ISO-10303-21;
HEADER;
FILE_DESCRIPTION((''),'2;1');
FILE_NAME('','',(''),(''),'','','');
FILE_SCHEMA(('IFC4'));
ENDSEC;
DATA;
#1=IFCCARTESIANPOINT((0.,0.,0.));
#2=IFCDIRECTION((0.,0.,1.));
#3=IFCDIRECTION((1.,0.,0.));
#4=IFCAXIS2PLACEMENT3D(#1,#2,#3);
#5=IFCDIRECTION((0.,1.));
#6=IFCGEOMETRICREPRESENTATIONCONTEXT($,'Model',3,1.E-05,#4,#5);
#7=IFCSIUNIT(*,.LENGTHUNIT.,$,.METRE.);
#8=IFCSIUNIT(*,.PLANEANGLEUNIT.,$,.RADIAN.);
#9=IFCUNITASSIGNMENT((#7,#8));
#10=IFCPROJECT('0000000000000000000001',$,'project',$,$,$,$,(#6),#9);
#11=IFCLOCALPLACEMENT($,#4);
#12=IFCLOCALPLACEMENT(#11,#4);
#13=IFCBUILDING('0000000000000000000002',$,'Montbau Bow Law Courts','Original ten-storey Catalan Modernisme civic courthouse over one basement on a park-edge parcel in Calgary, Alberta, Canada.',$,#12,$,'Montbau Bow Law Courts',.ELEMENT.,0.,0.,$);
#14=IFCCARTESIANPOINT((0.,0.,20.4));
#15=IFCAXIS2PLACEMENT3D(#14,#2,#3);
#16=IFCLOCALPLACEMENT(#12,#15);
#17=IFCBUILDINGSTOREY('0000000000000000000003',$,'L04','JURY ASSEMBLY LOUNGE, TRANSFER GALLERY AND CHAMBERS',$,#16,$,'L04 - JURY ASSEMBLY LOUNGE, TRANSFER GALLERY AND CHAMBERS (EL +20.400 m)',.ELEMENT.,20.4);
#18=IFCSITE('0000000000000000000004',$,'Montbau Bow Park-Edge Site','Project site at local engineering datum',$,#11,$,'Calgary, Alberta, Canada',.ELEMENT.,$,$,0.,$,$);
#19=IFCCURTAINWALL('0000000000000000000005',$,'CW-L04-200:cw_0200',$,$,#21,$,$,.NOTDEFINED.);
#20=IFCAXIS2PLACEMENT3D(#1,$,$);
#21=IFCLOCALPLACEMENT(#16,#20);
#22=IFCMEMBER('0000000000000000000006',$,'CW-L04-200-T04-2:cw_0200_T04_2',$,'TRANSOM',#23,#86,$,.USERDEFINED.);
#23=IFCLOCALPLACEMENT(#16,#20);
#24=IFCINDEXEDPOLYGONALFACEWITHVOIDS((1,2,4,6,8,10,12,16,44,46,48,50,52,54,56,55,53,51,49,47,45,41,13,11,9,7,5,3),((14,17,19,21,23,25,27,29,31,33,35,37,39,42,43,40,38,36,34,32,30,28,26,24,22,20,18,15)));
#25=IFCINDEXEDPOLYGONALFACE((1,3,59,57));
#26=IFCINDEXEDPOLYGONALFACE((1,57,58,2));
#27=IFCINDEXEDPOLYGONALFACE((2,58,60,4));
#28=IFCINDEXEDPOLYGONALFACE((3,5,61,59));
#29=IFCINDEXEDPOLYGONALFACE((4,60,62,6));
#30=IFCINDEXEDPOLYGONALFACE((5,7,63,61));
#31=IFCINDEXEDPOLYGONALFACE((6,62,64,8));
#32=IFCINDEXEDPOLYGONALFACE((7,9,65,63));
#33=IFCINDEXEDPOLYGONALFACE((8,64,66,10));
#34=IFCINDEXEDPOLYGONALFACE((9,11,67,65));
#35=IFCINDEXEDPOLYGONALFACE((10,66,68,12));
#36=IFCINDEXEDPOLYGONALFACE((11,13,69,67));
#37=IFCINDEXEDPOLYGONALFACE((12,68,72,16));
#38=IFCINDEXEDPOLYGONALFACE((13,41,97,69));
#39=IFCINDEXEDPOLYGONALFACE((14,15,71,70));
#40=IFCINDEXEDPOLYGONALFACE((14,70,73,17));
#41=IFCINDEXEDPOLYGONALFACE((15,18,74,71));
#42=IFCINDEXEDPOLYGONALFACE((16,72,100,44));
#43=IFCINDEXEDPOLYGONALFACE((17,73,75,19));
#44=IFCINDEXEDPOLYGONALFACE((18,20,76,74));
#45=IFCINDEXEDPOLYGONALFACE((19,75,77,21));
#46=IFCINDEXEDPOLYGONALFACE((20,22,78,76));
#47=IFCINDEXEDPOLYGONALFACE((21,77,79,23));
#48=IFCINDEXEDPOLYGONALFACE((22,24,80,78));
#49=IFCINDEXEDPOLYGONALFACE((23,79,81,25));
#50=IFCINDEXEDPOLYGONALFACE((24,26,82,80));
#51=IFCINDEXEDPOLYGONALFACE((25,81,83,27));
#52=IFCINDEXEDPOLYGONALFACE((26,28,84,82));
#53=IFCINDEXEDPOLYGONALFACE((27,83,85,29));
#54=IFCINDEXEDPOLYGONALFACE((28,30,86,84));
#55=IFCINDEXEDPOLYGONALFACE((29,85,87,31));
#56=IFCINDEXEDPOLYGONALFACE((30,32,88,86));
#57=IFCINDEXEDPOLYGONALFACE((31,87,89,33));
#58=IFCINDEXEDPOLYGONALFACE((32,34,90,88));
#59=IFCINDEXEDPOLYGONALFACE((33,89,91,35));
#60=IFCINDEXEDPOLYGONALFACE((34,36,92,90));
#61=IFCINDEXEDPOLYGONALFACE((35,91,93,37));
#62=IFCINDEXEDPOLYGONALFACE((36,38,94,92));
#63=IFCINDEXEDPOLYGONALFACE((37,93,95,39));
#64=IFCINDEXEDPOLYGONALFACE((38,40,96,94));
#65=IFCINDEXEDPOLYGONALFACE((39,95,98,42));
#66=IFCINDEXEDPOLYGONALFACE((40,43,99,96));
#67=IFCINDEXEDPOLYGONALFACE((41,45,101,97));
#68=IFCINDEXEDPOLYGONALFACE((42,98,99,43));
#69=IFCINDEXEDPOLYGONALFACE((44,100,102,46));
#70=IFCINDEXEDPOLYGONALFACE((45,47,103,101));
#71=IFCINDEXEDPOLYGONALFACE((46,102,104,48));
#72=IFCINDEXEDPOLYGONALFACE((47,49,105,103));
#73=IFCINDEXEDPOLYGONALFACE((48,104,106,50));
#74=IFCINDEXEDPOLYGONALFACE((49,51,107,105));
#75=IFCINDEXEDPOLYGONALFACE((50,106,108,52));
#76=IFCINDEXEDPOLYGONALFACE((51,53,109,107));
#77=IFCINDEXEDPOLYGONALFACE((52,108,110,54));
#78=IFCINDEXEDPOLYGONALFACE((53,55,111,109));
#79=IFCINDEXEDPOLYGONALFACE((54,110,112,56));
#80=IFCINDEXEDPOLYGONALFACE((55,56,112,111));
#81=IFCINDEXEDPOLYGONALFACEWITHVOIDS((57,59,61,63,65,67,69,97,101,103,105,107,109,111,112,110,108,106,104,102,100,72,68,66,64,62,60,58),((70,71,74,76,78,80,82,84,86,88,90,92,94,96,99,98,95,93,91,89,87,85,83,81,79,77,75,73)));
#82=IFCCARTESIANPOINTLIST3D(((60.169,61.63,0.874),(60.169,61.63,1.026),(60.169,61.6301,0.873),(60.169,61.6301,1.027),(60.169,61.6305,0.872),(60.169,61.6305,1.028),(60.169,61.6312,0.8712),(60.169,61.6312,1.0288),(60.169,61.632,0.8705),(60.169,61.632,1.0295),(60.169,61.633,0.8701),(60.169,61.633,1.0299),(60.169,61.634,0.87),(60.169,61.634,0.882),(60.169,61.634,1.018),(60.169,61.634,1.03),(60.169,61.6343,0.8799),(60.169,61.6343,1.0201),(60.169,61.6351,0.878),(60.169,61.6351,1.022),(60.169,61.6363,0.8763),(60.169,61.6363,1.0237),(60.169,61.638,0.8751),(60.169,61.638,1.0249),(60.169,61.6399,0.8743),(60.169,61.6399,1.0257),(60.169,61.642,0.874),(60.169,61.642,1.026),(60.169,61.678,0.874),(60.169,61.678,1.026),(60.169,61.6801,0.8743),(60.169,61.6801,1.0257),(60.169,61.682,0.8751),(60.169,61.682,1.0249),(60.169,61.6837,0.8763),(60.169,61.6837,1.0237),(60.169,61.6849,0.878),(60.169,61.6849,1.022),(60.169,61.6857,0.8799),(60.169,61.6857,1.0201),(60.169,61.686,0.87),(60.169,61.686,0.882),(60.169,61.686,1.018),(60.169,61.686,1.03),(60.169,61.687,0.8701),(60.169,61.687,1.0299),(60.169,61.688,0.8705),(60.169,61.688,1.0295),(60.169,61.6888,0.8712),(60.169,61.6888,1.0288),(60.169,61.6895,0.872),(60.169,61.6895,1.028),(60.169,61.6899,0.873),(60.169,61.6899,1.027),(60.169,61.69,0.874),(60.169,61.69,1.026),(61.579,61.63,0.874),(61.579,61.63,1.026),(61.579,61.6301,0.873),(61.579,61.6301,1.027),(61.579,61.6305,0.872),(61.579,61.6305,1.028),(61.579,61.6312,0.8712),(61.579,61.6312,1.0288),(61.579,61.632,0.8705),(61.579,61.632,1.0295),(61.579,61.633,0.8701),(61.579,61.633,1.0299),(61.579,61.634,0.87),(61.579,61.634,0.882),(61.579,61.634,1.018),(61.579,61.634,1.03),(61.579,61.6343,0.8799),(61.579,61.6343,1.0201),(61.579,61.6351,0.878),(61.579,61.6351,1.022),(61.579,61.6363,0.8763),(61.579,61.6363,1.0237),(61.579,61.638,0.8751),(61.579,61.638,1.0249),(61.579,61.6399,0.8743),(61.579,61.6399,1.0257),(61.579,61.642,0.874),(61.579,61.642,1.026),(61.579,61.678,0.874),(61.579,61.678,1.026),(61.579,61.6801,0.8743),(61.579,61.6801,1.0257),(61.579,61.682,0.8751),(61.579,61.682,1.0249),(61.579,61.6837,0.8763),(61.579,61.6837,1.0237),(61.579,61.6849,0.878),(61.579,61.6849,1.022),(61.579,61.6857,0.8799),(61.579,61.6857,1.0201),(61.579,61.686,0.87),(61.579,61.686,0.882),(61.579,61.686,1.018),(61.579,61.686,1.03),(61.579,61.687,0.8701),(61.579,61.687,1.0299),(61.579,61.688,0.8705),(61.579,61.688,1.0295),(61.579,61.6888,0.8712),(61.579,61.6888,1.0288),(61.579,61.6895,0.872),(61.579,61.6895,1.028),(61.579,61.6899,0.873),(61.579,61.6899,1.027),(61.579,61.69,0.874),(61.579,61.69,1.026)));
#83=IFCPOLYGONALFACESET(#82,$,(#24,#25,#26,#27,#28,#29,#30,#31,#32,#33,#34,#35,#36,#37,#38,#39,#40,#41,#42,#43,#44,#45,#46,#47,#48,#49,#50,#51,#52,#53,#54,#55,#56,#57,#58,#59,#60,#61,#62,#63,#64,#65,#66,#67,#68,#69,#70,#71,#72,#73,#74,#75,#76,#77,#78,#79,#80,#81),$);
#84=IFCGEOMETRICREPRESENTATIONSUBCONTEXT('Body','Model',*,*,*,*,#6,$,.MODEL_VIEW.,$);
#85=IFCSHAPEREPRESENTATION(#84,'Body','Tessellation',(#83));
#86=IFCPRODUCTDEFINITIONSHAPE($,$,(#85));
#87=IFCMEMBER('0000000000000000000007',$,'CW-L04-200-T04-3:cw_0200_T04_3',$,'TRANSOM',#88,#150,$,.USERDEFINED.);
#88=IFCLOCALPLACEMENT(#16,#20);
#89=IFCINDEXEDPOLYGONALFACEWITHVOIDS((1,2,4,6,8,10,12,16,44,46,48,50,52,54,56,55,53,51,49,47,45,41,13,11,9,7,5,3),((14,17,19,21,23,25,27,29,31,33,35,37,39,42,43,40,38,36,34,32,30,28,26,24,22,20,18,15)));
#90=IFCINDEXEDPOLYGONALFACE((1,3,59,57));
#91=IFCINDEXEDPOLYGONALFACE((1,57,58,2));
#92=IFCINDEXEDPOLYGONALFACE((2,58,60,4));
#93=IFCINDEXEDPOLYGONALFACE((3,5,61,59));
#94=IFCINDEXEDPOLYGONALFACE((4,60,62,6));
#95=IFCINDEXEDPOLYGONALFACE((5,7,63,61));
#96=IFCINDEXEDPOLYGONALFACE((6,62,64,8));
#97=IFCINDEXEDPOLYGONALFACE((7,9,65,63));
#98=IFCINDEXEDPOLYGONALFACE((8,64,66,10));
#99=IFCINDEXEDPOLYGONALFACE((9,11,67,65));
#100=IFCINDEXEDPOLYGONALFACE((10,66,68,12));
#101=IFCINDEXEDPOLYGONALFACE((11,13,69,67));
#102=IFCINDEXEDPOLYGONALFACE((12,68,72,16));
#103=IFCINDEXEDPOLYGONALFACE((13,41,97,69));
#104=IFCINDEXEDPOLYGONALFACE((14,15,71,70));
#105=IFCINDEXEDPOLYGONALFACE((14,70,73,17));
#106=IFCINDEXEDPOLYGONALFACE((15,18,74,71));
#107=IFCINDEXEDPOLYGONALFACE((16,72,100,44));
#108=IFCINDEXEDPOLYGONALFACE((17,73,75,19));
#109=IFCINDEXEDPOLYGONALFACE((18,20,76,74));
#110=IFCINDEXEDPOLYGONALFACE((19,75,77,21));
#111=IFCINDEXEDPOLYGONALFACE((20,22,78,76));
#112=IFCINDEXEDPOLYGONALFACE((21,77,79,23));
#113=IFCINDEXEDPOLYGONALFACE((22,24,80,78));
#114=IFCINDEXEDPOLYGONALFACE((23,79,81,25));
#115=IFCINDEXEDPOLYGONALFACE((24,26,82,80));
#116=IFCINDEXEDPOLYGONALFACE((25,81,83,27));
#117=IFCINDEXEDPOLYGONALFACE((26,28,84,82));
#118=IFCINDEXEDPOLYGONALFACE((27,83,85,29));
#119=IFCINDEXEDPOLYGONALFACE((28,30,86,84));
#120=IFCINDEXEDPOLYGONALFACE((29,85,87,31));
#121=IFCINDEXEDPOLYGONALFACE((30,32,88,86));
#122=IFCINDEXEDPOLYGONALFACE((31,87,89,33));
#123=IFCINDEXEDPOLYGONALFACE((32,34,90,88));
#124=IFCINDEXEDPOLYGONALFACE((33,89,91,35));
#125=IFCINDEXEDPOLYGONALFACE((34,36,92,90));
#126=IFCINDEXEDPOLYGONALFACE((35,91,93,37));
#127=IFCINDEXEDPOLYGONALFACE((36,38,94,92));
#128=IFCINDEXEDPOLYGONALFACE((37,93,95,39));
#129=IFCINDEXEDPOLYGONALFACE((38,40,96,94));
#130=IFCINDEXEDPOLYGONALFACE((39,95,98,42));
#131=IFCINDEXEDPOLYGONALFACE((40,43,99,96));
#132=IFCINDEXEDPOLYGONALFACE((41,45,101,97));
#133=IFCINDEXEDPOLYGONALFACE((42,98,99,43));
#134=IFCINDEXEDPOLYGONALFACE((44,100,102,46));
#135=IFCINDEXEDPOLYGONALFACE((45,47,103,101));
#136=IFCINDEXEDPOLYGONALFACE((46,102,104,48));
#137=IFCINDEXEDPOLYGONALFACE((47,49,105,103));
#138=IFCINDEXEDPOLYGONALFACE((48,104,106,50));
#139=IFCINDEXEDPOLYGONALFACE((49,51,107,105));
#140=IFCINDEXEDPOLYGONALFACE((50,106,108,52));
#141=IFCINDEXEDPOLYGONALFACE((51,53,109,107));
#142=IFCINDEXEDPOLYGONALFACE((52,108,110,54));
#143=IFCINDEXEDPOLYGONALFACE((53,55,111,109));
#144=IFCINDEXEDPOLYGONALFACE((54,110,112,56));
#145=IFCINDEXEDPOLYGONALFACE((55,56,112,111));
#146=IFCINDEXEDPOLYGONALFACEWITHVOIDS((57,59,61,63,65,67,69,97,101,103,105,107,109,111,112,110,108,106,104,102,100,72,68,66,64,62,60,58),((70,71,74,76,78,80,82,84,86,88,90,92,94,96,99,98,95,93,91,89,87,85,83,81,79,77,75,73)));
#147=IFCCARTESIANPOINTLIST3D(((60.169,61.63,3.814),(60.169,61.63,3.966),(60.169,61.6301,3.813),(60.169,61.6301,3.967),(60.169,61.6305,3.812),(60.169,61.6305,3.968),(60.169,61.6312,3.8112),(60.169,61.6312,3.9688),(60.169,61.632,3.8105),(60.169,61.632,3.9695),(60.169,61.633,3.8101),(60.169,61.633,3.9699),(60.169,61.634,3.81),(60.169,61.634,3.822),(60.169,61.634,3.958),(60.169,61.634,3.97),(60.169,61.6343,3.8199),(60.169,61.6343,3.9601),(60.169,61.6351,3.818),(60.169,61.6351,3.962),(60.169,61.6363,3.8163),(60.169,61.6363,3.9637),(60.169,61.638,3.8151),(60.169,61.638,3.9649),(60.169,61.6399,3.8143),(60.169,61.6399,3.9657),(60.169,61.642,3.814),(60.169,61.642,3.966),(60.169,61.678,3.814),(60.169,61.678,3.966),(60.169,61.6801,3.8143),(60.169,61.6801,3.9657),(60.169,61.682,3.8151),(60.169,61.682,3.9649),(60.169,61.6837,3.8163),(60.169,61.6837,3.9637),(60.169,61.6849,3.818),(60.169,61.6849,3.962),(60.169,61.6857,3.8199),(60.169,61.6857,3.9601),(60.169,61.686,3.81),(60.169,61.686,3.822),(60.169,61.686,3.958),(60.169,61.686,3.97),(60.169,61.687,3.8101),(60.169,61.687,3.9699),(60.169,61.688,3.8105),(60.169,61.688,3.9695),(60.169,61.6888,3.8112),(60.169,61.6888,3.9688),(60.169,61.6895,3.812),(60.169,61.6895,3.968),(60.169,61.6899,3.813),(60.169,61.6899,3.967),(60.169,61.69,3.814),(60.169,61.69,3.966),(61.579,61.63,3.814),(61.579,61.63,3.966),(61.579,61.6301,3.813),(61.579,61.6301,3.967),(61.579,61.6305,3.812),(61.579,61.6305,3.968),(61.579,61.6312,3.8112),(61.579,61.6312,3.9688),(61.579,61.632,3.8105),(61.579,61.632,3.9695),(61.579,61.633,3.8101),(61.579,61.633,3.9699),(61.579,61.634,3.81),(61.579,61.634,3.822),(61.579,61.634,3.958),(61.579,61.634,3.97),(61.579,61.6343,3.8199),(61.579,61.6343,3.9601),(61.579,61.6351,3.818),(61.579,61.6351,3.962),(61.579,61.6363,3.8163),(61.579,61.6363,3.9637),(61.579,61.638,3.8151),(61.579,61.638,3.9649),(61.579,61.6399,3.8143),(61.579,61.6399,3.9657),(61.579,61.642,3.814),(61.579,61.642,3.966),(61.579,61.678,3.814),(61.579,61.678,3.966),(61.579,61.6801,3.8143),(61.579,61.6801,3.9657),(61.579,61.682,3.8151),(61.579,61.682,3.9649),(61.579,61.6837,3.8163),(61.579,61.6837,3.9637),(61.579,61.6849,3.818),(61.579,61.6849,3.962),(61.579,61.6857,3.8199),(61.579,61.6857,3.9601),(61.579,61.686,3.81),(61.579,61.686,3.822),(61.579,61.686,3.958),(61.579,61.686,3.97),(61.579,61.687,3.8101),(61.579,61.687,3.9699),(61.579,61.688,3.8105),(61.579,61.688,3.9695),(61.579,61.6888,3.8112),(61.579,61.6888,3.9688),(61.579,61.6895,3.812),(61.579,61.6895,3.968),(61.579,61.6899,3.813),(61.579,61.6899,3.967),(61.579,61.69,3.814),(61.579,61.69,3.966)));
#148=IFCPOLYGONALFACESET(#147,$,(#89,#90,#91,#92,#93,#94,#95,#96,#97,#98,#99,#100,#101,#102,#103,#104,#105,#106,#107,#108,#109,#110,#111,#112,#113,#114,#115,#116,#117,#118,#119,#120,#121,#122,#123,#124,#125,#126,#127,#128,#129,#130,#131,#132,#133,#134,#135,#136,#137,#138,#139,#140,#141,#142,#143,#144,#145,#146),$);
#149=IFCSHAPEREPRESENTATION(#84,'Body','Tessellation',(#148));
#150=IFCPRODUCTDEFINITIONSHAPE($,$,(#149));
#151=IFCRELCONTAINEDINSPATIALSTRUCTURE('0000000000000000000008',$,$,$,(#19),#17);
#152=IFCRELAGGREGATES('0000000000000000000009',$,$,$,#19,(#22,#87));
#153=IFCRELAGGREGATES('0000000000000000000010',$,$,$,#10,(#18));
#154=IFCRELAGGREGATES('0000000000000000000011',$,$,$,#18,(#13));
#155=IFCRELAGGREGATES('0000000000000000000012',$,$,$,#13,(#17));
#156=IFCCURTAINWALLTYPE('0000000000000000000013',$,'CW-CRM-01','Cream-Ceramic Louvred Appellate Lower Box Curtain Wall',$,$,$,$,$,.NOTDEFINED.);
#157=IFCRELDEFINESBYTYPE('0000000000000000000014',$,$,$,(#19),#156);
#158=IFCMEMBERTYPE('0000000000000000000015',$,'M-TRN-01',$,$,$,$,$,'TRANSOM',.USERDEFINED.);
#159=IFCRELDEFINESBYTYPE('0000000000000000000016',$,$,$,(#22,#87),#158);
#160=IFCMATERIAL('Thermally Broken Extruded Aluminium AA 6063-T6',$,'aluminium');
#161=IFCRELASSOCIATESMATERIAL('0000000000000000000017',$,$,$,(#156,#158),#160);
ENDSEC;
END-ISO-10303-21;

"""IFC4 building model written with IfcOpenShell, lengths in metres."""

from ifc_helpers import new_model, si_unit, direction, frame, origin_with_axes, origin_2d_with_axis, place, context, subcontext, project, spatial, hollow_rectangle, extrude, material, material_profile, profile_set, type_object, element, aggregate, save


model = new_model("IFC4")

# Units and contexts
model_context = context("Model", 3, precision=1e-05, world=origin_with_axes(), true_north=direction((0.0, 1.0)))
body_context = subcontext(model_context, "Body", "Model", "MODEL_VIEW")
ifc_project = project(units=[si_unit("LENGTHUNIT", "METRE"), si_unit("PLANEANGLEUNIT", "RADIAN")], contexts=[model_context])

# Site, building, storey
site_placement = place(None, origin_with_axes())
site = spatial("IfcSite", under=ifc_project, at=site_placement, Name="Montbau Bow Park-Edge Site", Description="Project site at local engineering datum", LongName="Calgary, Alberta, Canada", CompositionType="ELEMENT", RefElevation=0.0)
building_placement = place(site_placement, origin_with_axes())
building = spatial("IfcBuilding", under=site, at=building_placement, Name="Montbau Bow Law Courts", Description="Original ten-storey Catalan Modernisme civic courthouse over one basement on a park-edge parcel in Calgary, Alberta, Canada.", LongName="Montbau Bow Law Courts", CompositionType="ELEMENT", ElevationOfRefHeight=0.0, ElevationOfTerrain=0.0)
storey_placement = place(building_placement, frame((0.0, 0.0, 20.4), z_axis=(0.0, 0.0, 1.0), x_axis=(1.0, 0.0, 0.0)))
storey = spatial("IfcBuildingStorey", under=building, at=storey_placement, Name="L04", Description="JURY ASSEMBLY LOUNGE, TRANSFER GALLERY AND CHAMBERS", LongName="L04 - JURY ASSEMBLY LOUNGE, TRANSFER GALLERY AND CHAMBERS (EL +20.400 m)", CompositionType="ELEMENT", Elevation=20.4)

# Shared definitions
ifc_material_1 = material(Name="Thermally Broken Extruded Aluminium AA 6063-T6", Category="aluminium")
curtain_wall_type = type_object("IfcCurtainWallType", Name="CW-CRM-01", Description="Cream-Ceramic Louvred Appellate Lower Box Curtain Wall", PredefinedType="NOTDEFINED", material=ifc_material_1)

# Curtain wall, members
curtain_wall_1_placement = place(None, frame((55.715, 61.66, 20.4), z_axis=(0.0, 0.0, 1.0), x_axis=(1.0, 0.0, 0.0)))
curtain_wall_1 = element("IfcCurtainWall", 1, at=curtain_wall_1_placement, inside=storey, type_object=curtain_wall_type, Name="CW-L04-200:cw_0200", PredefinedType="NOTDEFINED")
ifc_material_profile_1 = material_profile(ifc_material_1, hollow_rectangle(XDim=0.06, YDim=0.16, WallThickness=0.004, InnerFilletRadius=0.008, OuterFilletRadius=0.004, at=origin_2d_with_axis()), Name="CWT-160X60", Category="Main", Priority=0)
ifc_profile_set_1 = profile_set([ifc_material_profile_1], Name="Thermally Broken Extruded Aluminium AA 6063-T6")
member_type_1 = type_object("IfcMemberType", Name="M-TRN-01", ElementType="TRANSOM", PredefinedType="USERDEFINED", material=ifc_profile_set_1)
member_1_placement = place(None, frame((60.169, 61.66, 21.35), z_axis=(1.0, 0.0, 0.0), x_axis=(0.0, 1.0, 0.0)))
member_1 = element("IfcMember", 2, at=member_1_placement, type_object=member_type_1, Name="CW-L04-200-T04-2:cw_0200_T04_2", ObjectType="TRANSOM", PredefinedType="USERDEFINED", context=body_context, shape_type="SweptSolid", body=[
    extrude(hollow_rectangle(XDim=0.06, YDim=0.16, WallThickness=0.004, InnerFilletRadius=0.008, OuterFilletRadius=0.004, at=origin_2d_with_axis()), origin_with_axes(), (0.0, 0.0, 1.0), 1.41),
])
member_2_placement = place(None, frame((60.169, 61.66, 24.29), z_axis=(1.0, 0.0, 0.0), x_axis=(0.0, 1.0, 0.0)))
member_2 = element("IfcMember", 3, at=member_2_placement, type_object=member_type_1, Name="CW-L04-200-T04-3:cw_0200_T04_3", ObjectType="TRANSOM", PredefinedType="USERDEFINED", context=body_context, shape_type="SweptSolid", body=[
    extrude(hollow_rectangle(XDim=0.06, YDim=0.16, WallThickness=0.004, InnerFilletRadius=0.008, OuterFilletRadius=0.004, at=origin_2d_with_axis()), origin_with_axes(), (0.0, 0.0, 1.0), 1.41),
])

aggregate(curtain_wall_1, [member_1, member_2])

save(model, "model.ifc")
